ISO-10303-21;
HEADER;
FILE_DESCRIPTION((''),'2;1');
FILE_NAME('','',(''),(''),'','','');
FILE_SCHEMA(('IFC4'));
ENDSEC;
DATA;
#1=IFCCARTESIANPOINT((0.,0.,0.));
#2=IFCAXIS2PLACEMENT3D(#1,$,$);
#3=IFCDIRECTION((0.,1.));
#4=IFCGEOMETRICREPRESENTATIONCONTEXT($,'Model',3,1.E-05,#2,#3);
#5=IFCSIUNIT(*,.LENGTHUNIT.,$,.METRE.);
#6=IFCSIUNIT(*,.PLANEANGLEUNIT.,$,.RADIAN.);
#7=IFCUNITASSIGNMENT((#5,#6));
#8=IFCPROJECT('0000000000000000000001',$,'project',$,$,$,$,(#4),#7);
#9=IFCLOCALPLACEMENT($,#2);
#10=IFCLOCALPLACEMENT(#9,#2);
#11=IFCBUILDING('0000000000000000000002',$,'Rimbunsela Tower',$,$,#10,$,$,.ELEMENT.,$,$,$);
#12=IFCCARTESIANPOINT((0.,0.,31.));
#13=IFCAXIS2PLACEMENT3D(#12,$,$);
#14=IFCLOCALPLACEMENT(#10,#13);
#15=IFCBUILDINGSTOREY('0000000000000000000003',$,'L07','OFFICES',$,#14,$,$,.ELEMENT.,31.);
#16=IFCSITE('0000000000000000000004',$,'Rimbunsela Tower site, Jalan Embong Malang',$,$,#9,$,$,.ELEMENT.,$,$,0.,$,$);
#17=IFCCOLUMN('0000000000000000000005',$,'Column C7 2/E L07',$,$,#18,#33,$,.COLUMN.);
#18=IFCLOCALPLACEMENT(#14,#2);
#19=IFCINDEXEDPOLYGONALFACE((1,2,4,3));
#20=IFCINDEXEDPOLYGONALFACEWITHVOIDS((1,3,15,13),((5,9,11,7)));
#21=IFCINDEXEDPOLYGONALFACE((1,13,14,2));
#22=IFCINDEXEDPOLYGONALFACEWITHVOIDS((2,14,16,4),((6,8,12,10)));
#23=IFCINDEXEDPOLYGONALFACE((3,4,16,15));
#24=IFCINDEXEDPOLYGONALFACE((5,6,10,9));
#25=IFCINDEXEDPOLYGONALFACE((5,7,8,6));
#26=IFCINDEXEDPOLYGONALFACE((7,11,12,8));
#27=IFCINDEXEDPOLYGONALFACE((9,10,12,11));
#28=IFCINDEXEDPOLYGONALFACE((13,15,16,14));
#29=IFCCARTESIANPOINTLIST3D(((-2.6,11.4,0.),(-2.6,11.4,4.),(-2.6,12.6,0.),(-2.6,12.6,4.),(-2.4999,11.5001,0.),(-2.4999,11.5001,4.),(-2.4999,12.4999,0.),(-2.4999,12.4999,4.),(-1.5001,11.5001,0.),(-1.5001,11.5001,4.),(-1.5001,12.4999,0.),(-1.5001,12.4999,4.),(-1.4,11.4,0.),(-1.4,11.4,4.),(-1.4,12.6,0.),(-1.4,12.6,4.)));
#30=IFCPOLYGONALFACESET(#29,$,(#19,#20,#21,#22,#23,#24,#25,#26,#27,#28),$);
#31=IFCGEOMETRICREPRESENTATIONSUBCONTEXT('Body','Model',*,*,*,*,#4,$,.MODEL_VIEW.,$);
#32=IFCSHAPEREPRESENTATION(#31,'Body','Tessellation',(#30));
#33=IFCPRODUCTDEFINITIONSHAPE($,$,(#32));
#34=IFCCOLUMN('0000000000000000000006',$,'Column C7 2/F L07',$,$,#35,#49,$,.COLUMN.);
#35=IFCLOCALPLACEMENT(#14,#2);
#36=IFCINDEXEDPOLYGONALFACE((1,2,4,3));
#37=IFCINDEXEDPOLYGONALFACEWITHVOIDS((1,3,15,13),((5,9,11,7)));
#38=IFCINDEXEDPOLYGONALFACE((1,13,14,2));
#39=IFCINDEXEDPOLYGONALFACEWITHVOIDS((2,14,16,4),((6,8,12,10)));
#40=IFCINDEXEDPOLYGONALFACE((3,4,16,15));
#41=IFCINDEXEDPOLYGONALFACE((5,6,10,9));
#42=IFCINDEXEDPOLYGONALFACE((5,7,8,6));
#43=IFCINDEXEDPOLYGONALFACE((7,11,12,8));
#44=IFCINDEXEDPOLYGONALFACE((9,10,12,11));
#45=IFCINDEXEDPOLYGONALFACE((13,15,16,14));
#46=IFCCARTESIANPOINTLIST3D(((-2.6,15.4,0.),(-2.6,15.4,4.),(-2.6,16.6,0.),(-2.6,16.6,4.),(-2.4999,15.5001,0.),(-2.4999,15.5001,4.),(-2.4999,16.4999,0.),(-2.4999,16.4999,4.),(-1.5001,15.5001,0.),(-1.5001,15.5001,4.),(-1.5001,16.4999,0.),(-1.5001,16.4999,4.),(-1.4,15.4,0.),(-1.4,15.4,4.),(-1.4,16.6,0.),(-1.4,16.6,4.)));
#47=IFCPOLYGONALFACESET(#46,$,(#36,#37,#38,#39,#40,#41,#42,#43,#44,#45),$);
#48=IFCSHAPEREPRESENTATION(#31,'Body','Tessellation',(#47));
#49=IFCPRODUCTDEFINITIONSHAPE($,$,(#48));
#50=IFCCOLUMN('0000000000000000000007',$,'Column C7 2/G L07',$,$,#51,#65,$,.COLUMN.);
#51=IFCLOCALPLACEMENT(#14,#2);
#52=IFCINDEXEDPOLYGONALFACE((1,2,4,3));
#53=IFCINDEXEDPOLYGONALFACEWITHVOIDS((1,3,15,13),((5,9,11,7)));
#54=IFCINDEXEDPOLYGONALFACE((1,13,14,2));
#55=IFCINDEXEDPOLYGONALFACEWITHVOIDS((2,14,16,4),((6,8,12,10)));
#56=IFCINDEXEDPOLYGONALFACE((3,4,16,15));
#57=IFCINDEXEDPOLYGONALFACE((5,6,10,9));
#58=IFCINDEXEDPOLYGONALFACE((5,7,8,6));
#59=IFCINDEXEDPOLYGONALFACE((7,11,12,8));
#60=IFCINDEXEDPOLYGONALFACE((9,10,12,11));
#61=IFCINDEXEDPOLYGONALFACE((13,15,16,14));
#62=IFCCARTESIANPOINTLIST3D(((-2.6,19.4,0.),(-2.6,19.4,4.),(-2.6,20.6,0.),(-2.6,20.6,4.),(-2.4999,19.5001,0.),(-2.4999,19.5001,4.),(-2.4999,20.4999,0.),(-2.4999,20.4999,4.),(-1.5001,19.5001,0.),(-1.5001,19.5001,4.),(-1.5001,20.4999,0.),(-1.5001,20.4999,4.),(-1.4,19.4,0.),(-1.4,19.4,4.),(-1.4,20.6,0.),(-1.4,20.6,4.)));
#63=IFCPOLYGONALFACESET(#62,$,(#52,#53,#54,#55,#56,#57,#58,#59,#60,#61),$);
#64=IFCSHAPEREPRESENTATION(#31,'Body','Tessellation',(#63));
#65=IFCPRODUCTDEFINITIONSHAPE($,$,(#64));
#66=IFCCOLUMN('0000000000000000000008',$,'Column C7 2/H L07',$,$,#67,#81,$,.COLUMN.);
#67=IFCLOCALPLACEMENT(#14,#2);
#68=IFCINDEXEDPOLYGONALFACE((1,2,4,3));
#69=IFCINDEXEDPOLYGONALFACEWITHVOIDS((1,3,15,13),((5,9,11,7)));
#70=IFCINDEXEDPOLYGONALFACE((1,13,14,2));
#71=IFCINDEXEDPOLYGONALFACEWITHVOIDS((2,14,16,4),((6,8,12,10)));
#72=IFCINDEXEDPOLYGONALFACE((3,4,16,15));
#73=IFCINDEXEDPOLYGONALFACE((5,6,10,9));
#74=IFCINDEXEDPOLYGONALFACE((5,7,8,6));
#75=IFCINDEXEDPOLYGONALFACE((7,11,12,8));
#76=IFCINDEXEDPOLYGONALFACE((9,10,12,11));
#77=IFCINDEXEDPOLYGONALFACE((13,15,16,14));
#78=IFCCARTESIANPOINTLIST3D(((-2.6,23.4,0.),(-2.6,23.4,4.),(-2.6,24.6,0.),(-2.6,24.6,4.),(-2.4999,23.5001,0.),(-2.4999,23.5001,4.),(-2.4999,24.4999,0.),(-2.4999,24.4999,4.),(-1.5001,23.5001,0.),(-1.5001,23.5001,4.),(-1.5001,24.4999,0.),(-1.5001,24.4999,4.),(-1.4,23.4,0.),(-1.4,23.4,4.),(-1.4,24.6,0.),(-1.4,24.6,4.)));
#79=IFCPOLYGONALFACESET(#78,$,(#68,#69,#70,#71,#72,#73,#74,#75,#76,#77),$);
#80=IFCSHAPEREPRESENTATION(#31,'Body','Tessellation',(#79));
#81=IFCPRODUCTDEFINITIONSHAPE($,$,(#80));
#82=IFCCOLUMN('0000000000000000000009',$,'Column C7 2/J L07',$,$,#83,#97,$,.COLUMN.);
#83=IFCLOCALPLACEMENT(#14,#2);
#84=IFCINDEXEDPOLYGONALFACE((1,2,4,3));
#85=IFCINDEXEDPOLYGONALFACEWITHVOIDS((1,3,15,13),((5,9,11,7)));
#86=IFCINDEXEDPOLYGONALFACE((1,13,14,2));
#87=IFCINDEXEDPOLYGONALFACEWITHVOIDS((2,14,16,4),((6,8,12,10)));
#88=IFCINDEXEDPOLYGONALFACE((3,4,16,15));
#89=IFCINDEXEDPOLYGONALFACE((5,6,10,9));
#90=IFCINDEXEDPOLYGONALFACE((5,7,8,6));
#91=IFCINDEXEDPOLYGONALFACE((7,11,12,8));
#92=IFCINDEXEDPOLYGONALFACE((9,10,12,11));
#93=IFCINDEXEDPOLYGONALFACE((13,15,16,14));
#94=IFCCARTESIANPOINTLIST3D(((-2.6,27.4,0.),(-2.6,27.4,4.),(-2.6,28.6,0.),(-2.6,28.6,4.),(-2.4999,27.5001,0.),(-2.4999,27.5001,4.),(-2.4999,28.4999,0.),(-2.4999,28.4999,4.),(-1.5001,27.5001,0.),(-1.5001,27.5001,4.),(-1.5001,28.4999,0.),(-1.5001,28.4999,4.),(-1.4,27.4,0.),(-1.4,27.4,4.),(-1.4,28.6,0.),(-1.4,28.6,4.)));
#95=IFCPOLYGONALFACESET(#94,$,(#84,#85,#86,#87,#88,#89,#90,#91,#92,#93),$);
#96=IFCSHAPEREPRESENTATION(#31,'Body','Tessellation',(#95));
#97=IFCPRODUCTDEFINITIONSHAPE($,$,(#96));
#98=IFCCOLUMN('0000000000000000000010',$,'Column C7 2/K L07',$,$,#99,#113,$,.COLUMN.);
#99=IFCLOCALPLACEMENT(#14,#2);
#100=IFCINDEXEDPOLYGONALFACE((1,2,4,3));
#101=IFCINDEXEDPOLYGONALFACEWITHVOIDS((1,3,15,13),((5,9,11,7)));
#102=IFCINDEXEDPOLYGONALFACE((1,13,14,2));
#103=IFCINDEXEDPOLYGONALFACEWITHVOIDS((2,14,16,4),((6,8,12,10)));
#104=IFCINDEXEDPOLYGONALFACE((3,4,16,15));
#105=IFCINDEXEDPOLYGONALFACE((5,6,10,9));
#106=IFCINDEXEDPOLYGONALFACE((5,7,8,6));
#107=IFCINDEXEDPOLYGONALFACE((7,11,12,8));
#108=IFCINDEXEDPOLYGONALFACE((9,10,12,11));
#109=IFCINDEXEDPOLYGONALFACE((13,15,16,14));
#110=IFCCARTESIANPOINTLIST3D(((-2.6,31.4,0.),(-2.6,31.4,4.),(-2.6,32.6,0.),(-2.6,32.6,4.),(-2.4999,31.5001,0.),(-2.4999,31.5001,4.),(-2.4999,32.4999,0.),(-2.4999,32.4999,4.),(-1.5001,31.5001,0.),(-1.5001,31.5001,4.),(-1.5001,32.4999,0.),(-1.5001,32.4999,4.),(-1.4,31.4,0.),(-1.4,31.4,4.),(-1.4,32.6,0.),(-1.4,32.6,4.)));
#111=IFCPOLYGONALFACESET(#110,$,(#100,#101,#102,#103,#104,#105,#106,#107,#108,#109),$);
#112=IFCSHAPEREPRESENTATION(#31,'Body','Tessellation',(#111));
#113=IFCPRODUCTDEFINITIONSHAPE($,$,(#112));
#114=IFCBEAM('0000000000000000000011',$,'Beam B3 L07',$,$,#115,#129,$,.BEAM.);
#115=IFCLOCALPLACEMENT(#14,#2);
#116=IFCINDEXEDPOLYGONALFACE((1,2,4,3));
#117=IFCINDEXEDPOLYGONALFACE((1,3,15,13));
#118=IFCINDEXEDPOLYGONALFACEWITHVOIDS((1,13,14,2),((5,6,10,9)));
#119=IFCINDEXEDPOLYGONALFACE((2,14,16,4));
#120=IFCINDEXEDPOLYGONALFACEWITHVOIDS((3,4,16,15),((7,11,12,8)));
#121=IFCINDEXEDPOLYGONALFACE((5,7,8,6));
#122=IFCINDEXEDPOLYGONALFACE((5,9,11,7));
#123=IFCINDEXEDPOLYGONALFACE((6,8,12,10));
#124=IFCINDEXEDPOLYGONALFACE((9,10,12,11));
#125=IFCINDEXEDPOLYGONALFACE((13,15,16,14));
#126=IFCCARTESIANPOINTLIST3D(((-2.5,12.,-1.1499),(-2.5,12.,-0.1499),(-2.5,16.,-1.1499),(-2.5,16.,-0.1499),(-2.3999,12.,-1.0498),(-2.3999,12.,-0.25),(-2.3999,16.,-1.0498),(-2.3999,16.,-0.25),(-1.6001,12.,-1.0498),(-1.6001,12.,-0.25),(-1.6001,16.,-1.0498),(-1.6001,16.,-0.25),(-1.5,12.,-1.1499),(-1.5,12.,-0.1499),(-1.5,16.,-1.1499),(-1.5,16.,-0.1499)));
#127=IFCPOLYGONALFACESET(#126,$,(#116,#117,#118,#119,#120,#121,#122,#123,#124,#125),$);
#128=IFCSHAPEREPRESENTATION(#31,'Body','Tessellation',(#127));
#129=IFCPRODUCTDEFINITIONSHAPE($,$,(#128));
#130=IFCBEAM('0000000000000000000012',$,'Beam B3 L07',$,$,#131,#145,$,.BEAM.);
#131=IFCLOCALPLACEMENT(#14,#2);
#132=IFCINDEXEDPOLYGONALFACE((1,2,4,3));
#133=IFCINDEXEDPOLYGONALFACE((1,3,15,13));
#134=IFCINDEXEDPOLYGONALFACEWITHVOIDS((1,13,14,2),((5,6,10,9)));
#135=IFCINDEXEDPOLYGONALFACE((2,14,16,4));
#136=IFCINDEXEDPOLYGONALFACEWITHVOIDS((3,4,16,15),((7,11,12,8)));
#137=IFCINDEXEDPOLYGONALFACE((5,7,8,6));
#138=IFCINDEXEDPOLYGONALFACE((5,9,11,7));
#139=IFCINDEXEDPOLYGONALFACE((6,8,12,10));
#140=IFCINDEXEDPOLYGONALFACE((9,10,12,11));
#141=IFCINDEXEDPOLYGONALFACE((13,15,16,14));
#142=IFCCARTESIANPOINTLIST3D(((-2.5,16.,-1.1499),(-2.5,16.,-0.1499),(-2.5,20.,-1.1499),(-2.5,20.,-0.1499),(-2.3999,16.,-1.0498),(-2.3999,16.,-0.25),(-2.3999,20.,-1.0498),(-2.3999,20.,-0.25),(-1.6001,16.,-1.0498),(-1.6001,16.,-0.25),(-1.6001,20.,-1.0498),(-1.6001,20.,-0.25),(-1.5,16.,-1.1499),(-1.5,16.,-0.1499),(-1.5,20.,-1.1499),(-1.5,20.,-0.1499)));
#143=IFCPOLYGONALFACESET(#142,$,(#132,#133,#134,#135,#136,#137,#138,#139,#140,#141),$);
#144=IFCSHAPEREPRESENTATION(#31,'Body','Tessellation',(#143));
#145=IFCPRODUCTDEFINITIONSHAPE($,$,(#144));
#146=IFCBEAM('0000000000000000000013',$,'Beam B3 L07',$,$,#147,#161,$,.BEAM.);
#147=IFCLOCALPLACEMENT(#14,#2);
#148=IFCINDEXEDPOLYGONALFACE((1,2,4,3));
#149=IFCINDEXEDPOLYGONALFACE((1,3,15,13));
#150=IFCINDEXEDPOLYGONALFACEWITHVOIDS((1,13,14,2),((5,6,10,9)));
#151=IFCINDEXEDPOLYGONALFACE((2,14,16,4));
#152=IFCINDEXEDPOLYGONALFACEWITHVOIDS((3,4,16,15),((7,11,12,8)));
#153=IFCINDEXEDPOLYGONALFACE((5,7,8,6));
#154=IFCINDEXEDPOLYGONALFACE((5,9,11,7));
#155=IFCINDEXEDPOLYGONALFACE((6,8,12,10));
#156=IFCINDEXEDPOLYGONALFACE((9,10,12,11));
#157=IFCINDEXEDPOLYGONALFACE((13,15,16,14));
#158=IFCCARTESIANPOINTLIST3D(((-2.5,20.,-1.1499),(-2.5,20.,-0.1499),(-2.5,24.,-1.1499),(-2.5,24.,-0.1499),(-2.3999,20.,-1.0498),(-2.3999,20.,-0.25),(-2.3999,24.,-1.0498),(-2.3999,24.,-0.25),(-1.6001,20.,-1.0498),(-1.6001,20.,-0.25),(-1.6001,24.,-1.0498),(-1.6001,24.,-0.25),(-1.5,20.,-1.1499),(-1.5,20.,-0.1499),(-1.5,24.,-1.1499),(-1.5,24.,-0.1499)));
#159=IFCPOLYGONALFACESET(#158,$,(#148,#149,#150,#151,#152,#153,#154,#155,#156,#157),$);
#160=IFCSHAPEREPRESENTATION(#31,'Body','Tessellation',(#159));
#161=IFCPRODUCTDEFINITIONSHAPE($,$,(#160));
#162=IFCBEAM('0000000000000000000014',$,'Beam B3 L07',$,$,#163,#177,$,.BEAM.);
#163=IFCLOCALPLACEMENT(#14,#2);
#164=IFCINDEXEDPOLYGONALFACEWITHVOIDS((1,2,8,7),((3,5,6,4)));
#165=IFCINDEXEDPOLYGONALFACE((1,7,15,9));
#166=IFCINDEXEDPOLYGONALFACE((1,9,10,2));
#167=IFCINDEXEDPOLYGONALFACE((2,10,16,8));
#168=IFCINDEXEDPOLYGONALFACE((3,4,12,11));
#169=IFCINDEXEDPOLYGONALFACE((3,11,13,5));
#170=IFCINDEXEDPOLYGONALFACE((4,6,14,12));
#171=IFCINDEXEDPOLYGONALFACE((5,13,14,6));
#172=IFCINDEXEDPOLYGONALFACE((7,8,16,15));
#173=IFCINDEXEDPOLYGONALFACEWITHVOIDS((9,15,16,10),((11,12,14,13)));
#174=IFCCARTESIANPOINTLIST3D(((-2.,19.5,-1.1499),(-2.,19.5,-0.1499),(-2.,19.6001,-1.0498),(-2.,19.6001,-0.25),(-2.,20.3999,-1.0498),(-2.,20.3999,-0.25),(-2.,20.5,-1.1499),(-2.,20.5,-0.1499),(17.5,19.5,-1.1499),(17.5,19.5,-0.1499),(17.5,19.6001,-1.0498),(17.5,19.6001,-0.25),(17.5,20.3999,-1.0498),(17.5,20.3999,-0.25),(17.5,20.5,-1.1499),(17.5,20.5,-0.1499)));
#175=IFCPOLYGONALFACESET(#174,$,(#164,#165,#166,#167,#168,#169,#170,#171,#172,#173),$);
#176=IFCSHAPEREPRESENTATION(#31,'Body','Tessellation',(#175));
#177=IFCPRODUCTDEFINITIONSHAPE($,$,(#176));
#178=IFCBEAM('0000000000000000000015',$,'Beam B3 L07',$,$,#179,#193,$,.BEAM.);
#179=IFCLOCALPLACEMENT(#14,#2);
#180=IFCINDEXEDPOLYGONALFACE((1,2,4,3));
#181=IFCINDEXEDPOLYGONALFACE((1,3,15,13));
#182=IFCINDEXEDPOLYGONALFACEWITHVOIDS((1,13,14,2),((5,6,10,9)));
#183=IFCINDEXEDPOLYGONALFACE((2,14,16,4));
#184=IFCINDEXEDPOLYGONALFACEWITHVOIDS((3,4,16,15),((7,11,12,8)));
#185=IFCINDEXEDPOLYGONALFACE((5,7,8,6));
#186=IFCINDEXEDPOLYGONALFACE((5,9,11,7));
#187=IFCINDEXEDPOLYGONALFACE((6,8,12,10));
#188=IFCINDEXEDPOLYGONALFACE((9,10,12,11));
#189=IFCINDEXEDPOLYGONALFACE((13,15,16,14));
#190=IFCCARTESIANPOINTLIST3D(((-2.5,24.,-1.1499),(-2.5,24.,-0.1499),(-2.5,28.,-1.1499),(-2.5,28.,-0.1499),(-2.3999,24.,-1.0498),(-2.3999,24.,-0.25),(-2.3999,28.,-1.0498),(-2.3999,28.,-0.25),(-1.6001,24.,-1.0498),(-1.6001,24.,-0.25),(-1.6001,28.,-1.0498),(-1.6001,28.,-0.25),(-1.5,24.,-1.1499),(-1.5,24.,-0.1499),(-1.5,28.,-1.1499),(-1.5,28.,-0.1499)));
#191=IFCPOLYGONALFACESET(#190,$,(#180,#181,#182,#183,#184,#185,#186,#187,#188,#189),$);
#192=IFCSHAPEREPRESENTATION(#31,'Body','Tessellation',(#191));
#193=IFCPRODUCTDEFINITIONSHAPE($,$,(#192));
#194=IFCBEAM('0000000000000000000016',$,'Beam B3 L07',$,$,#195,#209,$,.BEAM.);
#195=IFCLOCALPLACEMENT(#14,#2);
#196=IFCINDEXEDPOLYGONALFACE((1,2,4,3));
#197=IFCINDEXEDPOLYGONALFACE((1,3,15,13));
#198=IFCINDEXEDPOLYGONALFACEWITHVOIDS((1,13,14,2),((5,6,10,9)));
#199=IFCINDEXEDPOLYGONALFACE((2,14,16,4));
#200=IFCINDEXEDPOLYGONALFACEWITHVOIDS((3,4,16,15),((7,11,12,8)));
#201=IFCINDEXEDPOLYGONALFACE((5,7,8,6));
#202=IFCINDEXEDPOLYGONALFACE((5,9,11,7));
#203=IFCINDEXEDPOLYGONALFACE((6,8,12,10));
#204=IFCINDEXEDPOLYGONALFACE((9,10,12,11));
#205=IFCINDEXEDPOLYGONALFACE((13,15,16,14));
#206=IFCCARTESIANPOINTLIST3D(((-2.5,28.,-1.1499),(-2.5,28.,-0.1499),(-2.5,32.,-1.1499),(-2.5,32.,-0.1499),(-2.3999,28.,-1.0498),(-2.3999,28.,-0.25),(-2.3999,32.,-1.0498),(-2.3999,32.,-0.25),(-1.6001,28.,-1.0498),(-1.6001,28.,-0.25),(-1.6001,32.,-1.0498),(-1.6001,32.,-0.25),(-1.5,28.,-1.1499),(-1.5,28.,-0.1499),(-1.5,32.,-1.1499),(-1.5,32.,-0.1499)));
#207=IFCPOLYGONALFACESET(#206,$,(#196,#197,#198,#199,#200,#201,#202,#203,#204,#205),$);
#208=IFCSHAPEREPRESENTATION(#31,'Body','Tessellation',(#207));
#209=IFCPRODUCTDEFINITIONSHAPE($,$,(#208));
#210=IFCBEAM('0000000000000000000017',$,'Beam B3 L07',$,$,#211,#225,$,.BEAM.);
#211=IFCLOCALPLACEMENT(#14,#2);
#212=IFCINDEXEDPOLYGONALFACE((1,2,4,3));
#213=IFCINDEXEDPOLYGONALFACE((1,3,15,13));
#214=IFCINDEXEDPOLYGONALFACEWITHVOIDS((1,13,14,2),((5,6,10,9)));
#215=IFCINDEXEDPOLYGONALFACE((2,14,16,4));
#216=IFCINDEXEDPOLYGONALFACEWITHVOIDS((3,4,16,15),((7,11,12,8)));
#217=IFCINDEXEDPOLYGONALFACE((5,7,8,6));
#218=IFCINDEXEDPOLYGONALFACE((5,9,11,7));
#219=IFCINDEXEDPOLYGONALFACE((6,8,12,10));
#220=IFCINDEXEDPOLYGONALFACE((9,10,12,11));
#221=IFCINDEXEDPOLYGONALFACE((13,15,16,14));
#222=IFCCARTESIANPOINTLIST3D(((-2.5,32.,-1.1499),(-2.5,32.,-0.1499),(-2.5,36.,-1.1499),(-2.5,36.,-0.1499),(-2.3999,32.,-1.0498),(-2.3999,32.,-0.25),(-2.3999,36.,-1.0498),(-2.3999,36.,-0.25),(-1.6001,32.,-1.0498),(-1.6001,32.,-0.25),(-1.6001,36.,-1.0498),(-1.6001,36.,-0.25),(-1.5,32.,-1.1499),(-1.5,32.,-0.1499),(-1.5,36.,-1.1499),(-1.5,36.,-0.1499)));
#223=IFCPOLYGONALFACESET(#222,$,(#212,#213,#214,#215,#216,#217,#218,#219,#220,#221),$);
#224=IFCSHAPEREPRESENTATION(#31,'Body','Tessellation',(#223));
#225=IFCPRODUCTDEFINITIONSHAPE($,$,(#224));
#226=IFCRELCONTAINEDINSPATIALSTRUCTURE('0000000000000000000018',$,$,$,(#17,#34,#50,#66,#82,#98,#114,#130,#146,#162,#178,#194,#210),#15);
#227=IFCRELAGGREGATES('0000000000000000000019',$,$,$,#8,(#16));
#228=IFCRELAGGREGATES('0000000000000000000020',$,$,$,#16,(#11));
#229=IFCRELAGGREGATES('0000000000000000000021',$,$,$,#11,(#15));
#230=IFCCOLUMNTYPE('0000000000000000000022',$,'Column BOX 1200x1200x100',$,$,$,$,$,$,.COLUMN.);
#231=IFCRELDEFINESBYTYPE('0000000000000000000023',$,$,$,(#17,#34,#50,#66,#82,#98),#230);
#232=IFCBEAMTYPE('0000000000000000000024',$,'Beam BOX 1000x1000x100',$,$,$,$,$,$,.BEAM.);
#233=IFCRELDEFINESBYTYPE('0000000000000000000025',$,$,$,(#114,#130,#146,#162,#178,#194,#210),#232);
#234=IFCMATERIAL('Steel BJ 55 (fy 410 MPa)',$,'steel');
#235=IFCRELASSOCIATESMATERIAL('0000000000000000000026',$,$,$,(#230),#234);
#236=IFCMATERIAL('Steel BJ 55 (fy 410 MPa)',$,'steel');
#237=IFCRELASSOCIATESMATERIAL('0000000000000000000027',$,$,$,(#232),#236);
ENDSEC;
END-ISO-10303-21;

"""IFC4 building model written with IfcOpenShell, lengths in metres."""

from ifc_helpers import new_model, si_unit, direction, frame, origin, origin_2d, place, context, subcontext, project, spatial, hollow_rectangle, extrude, material, material_profile, profile_set, type_object, element, save


model = new_model("IFC4")

# Units and contexts
model_context = context("Model", 3, precision=1e-05, world=origin(), true_north=direction((0.0, 1.0)))
body_context = subcontext(model_context, "Body", "Model", "MODEL_VIEW")
ifc_project = project(units=[si_unit("LENGTHUNIT", "METRE"), si_unit("PLANEANGLEUNIT", "RADIAN")], contexts=[model_context])

# Site, building, storey
site_placement = place(None, origin())
site = spatial("IfcSite", under=ifc_project, at=site_placement, Name="Rimbunsela Tower site, Jalan Embong Malang", CompositionType="ELEMENT", RefElevation=0.0)
building_placement = place(site_placement, origin())
building = spatial("IfcBuilding", under=site, at=building_placement, Name="Rimbunsela Tower", CompositionType="ELEMENT")
storey_placement = place(building_placement, frame((0.0, 0.0, 31.0)))
storey = spatial("IfcBuildingStorey", under=building, at=storey_placement, Name="L07", Description="OFFICES", CompositionType="ELEMENT", Elevation=31.0)

# Columns
ifc_material_1 = material(Name="Steel BJ 55 (fy 410 MPa)", Category="steel")
ifc_material_profile_1 = material_profile(ifc_material_1, hollow_rectangle(XDim=1.2, YDim=1.2, WallThickness=0.1001, at=origin_2d()), Name="BOX 1200x1200x100")
ifc_profile_set_1 = profile_set([ifc_material_profile_1], Name="Steel BJ 55 (fy 410 MPa)")
column_type = type_object("IfcColumnType", Name="Column BOX 1200x1200x100", PredefinedType="COLUMN", material=ifc_profile_set_1)
for number, where, z_axis, x_axis, name in (
    (1, (-2.0, 12.0, 0.0), (0.0, 0.0, 1.0), (1.0, 0.0, 0.0), "Column C7 2/E L07"),
    (2, (-2.0, 16.0, 0.0), (0.0, 0.0, 1.0), (1.0, 0.0, 0.0), "Column C7 2/F L07"),
    (3, (-2.0, 20.0, 0.0), (0.0, 0.0, 1.0), (1.0, 0.0, 0.0), "Column C7 2/G L07"),
    (4, (-2.0, 24.0, 0.0), (0.0, 0.0, 1.0), (1.0, 0.0, 0.0), "Column C7 2/H L07"),
    (5, (-2.0, 28.0, 0.0), (0.0, 0.0, 1.0), (1.0, 0.0, 0.0), "Column C7 2/J L07"),
    (6, (-2.0, 32.0, 0.0), (0.0, 0.0, 1.0), (1.0, 0.0, 0.0), "Column C7 2/K L07"),
):
    element("IfcColumn", number, at=place(storey_placement, frame(where, z_axis=z_axis, x_axis=x_axis)), inside=storey, type_object=column_type, Name=name, PredefinedType="COLUMN", context=body_context, shape_type="SweptSolid", body=[
        extrude(hollow_rectangle(XDim=1.2, YDim=1.2, WallThickness=0.1001, at=origin_2d()), origin(), (0.0, 0.0, 1.0), 4.0),
    ])

# Beams
ifc_material_2 = material(Name="Steel BJ 55 (fy 410 MPa)", Category="steel")
ifc_material_profile_2 = material_profile(ifc_material_2, hollow_rectangle(XDim=1.0, YDim=1.0, WallThickness=0.1001, at=origin_2d()), Name="BOX 1000x1000x100")
ifc_profile_set_2 = profile_set([ifc_material_profile_2], Name="Steel BJ 55 (fy 410 MPa)")
beam_type_1 = type_object("IfcBeamType", Name="Beam BOX 1000x1000x100", PredefinedType="BEAM", material=ifc_profile_set_2)
for number, where, z_axis, x_axis, name in (
    (7, (-2.0, 12.0, -0.6499), (0.0, 1.0, 0.0), (-1.0, 0.0, 0.0), "Beam B3 L07"),
    (8, (-2.0, 16.0, -0.6499), (0.0, 1.0, 0.0), (-1.0, 0.0, 0.0), "Beam B3 L07"),
    (9, (-2.0, 20.0, -0.6499), (0.0, 1.0, 0.0), (-1.0, 0.0, 0.0), "Beam B3 L07"),
):
    element("IfcBeam", number, at=place(storey_placement, frame(where, z_axis=z_axis, x_axis=x_axis)), inside=storey, type_object=beam_type_1, Name=name, PredefinedType="BEAM", context=body_context, shape_type="SweptSolid", body=[
        extrude(hollow_rectangle(XDim=1.0, YDim=1.0, WallThickness=0.1001, at=origin_2d()), origin(), (0.0, 0.0, 1.0), 4.0),
    ])
beam_1_placement = place(storey_placement, frame((-2.0, 20.0, -0.6499), z_axis=(1.0, 0.0, 0.0), x_axis=(0.0, 1.0, 0.0)))
element("IfcBeam", 10, at=beam_1_placement, inside=storey, type_object=beam_type_1, Name="Beam B3 L07", PredefinedType="BEAM", context=body_context, shape_type="SweptSolid", body=[
    extrude(hollow_rectangle(XDim=1.0, YDim=1.0, WallThickness=0.1001, at=origin_2d()), origin(), (0.0, 0.0, 1.0), 19.5),
])
for number, where, z_axis, x_axis, name in (
    (11, (-2.0, 24.0, -0.6499), (0.0, 1.0, 0.0), (-1.0, 0.0, 0.0), "Beam B3 L07"),
    (12, (-2.0, 28.0, -0.6499), (0.0, 1.0, 0.0), (-1.0, 0.0, 0.0), "Beam B3 L07"),
    (13, (-2.0, 32.0, -0.6499), (0.0, 1.0, 0.0), (-1.0, 0.0, 0.0), "Beam B3 L07"),
):
    element("IfcBeam", number, at=place(storey_placement, frame(where, z_axis=z_axis, x_axis=x_axis)), inside=storey, type_object=beam_type_1, Name=name, PredefinedType="BEAM", context=body_context, shape_type="SweptSolid", body=[
        extrude(hollow_rectangle(XDim=1.0, YDim=1.0, WallThickness=0.1001, at=origin_2d()), origin(), (0.0, 0.0, 1.0), 4.0),
    ])

save(model, "model.ifc")
